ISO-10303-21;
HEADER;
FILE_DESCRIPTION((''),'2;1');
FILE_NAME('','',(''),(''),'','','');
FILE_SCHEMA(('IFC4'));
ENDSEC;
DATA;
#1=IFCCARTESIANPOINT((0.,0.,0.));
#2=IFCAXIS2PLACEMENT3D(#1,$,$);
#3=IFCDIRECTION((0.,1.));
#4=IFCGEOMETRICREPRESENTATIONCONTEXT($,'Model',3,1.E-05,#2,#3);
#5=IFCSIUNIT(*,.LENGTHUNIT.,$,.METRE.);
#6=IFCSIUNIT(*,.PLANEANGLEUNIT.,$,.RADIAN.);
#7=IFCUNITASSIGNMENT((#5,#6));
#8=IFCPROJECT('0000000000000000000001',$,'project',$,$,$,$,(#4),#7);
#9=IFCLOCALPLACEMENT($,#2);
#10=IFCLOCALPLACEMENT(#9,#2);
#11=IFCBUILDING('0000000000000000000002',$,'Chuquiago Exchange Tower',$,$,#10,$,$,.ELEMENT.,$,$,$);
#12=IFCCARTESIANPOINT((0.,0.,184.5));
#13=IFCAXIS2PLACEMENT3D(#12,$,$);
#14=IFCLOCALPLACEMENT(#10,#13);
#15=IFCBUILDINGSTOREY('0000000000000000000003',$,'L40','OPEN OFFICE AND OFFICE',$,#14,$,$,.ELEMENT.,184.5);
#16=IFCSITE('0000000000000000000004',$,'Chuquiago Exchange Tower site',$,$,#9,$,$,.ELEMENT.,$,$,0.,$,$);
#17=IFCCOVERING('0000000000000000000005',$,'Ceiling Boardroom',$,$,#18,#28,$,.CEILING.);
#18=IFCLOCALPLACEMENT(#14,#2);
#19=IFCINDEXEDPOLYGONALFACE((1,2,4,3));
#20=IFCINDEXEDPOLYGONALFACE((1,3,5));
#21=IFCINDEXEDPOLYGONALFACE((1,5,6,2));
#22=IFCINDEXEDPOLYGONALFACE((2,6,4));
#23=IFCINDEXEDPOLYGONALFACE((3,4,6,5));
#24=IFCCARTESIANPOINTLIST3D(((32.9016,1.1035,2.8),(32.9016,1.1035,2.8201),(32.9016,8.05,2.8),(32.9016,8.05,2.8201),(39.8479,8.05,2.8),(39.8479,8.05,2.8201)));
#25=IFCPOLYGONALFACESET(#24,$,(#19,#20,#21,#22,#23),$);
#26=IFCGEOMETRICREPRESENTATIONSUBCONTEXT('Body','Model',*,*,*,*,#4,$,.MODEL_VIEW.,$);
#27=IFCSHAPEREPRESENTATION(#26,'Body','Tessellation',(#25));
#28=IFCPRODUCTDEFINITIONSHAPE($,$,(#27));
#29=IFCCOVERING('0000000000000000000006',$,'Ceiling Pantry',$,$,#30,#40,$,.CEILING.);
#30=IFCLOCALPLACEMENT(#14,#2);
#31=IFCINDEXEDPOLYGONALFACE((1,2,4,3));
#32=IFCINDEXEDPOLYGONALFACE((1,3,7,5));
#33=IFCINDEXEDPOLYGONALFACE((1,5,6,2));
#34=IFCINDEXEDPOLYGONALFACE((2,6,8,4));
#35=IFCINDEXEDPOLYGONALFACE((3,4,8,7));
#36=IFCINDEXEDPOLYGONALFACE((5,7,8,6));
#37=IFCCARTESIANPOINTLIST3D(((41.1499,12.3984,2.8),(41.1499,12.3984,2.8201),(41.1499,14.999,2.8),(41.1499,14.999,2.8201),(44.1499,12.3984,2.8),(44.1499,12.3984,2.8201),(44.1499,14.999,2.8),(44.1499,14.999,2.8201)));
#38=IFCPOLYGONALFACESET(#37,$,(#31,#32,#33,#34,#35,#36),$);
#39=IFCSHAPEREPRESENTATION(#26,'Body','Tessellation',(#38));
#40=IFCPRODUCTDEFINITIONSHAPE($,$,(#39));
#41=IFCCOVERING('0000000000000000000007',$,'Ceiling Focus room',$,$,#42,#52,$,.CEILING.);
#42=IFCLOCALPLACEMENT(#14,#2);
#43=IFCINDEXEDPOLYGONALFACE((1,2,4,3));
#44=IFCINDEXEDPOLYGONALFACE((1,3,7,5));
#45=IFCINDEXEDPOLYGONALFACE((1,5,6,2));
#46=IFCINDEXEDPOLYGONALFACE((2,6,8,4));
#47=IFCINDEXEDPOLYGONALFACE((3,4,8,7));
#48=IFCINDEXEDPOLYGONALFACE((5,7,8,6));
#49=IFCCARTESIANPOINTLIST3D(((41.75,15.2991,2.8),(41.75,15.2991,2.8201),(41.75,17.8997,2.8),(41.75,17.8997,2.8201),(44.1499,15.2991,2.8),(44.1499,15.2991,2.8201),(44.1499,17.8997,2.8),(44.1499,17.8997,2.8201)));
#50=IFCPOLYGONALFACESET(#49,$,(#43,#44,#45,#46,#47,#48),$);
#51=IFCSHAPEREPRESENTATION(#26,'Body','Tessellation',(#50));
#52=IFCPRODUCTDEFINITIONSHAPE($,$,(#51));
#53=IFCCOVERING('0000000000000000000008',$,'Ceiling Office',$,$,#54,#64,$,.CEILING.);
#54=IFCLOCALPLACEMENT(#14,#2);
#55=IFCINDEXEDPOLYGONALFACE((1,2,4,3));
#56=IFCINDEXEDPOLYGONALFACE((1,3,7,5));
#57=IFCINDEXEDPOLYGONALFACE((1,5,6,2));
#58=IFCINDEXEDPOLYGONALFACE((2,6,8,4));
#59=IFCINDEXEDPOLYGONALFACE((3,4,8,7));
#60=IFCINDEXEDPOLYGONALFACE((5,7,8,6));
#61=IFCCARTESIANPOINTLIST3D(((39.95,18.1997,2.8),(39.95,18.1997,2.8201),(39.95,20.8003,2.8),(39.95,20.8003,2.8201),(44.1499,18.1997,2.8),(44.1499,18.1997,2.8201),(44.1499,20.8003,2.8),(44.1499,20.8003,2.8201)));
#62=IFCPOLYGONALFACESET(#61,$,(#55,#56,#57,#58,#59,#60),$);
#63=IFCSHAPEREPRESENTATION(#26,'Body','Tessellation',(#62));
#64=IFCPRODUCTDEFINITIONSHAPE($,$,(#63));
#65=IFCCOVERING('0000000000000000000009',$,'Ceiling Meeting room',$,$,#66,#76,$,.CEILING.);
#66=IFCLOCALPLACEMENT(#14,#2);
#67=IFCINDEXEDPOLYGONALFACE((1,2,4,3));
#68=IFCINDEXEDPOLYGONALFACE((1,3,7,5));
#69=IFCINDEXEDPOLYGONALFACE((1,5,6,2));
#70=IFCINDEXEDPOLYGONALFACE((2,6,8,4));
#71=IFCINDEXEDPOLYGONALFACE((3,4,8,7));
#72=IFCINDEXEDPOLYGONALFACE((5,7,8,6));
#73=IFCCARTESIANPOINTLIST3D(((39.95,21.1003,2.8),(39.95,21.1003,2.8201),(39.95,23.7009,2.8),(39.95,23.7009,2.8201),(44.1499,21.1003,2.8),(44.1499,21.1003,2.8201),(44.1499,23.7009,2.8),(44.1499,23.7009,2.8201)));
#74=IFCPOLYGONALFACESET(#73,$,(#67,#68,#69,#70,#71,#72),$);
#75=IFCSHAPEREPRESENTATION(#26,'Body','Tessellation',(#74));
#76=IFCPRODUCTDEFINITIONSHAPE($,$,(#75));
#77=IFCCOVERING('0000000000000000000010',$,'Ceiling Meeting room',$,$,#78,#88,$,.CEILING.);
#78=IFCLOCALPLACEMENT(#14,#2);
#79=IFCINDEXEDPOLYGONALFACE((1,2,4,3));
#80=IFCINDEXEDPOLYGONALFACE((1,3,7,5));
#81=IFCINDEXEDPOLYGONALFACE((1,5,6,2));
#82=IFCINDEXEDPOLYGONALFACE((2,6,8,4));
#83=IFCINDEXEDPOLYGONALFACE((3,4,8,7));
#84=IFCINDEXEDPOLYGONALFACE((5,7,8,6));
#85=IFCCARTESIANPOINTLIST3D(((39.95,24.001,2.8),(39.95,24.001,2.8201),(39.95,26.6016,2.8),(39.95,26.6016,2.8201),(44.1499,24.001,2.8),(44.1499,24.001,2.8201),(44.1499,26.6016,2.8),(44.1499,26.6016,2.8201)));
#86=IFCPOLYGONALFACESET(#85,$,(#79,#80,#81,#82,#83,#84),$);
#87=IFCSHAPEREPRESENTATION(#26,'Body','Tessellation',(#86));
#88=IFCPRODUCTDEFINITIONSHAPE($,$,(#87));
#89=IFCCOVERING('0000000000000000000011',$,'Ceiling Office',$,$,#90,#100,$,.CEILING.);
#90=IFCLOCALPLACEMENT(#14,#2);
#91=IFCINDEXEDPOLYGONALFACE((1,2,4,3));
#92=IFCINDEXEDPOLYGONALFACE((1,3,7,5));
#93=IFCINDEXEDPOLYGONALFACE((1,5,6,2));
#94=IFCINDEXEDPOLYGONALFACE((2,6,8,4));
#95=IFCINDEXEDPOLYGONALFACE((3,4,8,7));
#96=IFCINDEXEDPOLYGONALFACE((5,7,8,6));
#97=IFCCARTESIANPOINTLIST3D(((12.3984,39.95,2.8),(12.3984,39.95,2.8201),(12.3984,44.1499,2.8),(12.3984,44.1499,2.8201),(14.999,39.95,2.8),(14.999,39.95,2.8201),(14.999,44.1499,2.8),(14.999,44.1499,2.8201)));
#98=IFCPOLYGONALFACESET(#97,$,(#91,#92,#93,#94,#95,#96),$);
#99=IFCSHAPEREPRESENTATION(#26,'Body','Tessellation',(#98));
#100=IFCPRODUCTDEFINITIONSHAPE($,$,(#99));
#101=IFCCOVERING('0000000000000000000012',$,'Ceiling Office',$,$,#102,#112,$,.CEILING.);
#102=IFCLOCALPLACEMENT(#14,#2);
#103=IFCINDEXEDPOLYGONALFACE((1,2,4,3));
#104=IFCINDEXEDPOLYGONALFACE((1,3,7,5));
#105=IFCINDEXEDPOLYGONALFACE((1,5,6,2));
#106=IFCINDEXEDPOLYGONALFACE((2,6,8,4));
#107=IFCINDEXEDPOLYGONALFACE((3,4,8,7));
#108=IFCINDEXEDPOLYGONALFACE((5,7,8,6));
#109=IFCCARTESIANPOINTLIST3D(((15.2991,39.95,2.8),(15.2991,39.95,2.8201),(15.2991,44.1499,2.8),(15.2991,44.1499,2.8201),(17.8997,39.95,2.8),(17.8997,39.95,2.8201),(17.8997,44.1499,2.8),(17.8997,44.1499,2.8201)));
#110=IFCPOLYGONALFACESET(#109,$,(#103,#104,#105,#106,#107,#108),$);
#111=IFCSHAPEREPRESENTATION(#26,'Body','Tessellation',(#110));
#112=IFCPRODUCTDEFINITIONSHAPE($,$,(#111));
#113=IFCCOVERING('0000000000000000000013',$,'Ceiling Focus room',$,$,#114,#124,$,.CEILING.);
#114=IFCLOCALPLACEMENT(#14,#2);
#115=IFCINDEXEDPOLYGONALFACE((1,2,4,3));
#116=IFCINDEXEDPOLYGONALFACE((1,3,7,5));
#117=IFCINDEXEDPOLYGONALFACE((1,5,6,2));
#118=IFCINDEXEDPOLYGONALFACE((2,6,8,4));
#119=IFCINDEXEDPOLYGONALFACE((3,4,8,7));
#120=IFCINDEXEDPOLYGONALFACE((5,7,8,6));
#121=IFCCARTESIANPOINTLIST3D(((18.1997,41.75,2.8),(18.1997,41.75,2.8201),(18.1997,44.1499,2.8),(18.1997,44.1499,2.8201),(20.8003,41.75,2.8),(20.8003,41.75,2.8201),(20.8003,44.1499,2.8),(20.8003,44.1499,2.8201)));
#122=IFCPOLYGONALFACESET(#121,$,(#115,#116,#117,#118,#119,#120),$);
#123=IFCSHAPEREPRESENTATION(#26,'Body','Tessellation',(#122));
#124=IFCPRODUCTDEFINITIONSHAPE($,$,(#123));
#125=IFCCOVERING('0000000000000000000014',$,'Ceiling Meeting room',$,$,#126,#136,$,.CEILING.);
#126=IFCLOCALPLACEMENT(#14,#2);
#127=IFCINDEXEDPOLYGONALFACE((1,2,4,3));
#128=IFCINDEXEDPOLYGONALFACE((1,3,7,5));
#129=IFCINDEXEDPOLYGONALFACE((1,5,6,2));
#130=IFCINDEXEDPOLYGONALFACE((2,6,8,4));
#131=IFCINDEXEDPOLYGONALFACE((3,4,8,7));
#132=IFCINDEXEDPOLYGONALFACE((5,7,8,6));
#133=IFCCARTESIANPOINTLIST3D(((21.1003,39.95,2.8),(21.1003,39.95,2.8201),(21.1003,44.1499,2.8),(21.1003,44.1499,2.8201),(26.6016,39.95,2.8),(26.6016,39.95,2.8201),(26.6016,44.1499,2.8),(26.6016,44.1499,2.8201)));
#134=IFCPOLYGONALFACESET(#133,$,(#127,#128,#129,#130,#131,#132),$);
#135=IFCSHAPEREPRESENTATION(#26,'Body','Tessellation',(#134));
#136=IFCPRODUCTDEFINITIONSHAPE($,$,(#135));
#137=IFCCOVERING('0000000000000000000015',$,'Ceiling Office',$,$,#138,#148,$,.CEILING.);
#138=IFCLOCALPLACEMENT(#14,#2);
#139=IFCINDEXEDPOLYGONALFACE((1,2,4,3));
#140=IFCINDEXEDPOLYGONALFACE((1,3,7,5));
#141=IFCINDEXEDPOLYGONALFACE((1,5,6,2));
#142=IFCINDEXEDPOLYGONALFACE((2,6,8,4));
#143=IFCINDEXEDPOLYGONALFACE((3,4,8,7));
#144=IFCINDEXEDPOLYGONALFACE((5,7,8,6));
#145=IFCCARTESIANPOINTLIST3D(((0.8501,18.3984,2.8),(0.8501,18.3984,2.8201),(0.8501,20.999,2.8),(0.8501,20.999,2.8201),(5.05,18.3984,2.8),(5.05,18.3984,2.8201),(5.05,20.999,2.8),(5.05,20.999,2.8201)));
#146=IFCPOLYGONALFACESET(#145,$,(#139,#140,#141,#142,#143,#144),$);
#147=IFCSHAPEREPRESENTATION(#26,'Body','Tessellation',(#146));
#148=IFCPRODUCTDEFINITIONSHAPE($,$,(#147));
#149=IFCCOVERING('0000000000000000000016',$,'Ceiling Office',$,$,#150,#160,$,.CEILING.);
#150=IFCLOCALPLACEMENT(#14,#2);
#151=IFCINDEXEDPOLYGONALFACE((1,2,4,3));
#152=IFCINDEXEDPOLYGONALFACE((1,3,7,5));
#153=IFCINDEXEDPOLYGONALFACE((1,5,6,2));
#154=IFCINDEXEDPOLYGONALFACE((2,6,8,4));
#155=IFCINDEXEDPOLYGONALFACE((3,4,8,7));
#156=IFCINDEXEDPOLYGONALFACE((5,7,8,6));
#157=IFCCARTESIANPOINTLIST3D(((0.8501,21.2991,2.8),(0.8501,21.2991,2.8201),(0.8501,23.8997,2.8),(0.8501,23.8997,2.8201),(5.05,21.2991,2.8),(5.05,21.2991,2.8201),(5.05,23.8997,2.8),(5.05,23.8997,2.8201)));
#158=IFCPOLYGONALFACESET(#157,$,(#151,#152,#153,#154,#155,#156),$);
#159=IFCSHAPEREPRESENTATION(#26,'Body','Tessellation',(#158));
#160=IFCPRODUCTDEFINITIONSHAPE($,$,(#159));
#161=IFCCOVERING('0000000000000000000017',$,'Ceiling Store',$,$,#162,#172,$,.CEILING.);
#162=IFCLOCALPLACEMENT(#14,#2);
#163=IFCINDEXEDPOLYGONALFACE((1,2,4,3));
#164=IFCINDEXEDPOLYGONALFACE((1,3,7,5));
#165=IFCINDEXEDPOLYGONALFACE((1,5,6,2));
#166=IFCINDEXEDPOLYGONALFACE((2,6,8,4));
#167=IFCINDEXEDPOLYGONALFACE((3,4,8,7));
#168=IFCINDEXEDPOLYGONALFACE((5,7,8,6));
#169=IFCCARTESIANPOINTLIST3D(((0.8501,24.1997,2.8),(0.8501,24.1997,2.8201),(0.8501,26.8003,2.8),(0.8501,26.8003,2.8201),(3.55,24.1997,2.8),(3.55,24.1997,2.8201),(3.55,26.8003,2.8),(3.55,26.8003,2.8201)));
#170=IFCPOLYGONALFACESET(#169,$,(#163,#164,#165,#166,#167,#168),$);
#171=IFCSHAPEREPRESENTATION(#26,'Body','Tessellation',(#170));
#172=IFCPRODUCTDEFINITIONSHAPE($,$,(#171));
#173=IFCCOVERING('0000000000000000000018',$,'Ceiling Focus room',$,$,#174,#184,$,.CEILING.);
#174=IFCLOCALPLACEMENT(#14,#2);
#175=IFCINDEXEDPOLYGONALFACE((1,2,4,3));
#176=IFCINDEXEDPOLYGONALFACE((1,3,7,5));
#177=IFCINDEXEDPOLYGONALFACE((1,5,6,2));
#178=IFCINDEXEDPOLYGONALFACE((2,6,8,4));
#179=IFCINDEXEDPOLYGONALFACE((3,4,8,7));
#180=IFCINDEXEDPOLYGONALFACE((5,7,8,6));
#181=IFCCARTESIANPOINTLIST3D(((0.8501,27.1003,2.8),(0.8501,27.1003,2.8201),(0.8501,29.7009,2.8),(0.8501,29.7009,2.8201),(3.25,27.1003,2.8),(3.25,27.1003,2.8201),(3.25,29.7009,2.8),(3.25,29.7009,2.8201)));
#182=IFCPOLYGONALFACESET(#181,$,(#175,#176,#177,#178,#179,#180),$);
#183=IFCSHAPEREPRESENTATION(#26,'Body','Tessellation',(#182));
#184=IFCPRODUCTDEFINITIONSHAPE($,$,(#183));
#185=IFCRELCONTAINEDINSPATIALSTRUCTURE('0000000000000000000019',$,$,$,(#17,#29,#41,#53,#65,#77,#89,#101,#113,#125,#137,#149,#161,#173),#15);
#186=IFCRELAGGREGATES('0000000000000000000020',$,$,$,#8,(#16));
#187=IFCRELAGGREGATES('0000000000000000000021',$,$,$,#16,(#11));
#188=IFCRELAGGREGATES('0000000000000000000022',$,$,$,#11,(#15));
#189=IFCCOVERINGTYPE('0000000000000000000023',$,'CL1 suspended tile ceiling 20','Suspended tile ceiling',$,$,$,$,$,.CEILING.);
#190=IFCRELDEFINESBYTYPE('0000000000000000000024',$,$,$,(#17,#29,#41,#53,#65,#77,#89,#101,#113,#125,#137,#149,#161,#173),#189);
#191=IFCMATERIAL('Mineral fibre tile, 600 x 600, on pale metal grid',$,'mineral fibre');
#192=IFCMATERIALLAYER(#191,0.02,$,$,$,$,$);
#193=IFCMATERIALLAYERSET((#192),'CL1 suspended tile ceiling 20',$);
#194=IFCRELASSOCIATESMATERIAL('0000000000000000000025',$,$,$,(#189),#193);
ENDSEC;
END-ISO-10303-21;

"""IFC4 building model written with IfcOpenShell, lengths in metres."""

from ifc_helpers import new_model, si_unit, direction, frame, origin, place, context, subcontext, project, spatial, polyline, outline, extrude, material, layer, layer_set, type_object, element, save


model = new_model("IFC4")

# Units and contexts
model_context = context("Model", 3, precision=1e-05, world=origin(), true_north=direction((0.0, 1.0)))
body_context = subcontext(model_context, "Body", "Model", "MODEL_VIEW")
ifc_project = project(units=[si_unit("LENGTHUNIT", "METRE"), si_unit("PLANEANGLEUNIT", "RADIAN")], contexts=[model_context])

# Site, building, storey
site_placement = place(None, origin())
site = spatial("IfcSite", under=ifc_project, at=site_placement, Name="Chuquiago Exchange Tower site", CompositionType="ELEMENT", RefElevation=0.0)
building_placement = place(site_placement, origin())
building = spatial("IfcBuilding", under=site, at=building_placement, Name="Chuquiago Exchange Tower", CompositionType="ELEMENT")
storey_placement = place(building_placement, frame((0.0, 0.0, 184.5)))
storey = spatial("IfcBuildingStorey", under=building, at=storey_placement, Name="L40", Description="OPEN OFFICE AND OFFICE", CompositionType="ELEMENT", Elevation=184.5)

# Coverings
ifc_material_1 = material(Name="Mineral fibre tile, 600 x 600, on pale metal grid", Category="mineral fibre")
ifc_layer_1 = layer(ifc_material_1, 0.02)
ifc_layer_set_1 = layer_set([ifc_layer_1], Name="CL1 suspended tile ceiling 20")
covering_type_1 = type_object("IfcCoveringType", Name="CL1 suspended tile ceiling 20", Description="Suspended tile ceiling", PredefinedType="CEILING", material=ifc_layer_set_1)
covering_1_placement = place(storey_placement, frame((0.0, 0.0, 2.8)))
element("IfcCovering", 1, at=covering_1_placement, inside=storey, type_object=covering_type_1, Name="Ceiling Boardroom", PredefinedType="CEILING", context=body_context, shape_type="SweptSolid", body=[
    extrude(outline(polyline([(32.9016, 8.05), (39.8479, 8.05), (32.9016, 1.1035), (32.9016, 8.05)])), origin(), (0.0, 0.0, 1.0), 0.02),
])
covering_2_placement = place(storey_placement, frame((0.0, 0.0, 2.8)))
element("IfcCovering", 2, at=covering_2_placement, inside=storey, type_object=covering_type_1, Name="Ceiling Pantry", PredefinedType="CEILING", context=body_context, shape_type="SweptSolid", body=[
    extrude(outline(polyline([(41.1499, 12.3984), (41.1499, 14.999), (44.1499, 14.999), (44.1499, 12.3984), (41.1499, 12.3984)])), origin(), (0.0, 0.0, 1.0), 0.02),
])
covering_3_placement = place(storey_placement, frame((0.0, 0.0, 2.8)))
element("IfcCovering", 3, at=covering_3_placement, inside=storey, type_object=covering_type_1, Name="Ceiling Focus room", PredefinedType="CEILING", context=body_context, shape_type="SweptSolid", body=[
    extrude(outline(polyline([(41.75, 15.2991), (41.75, 17.8997), (44.1499, 17.8997), (44.1499, 15.2991), (41.75, 15.2991)])), origin(), (0.0, 0.0, 1.0), 0.02),
])
covering_4_placement = place(storey_placement, frame((0.0, 0.0, 2.8)))
element("IfcCovering", 4, at=covering_4_placement, inside=storey, type_object=covering_type_1, Name="Ceiling Office", PredefinedType="CEILING", context=body_context, shape_type="SweptSolid", body=[
    extrude(outline(polyline([(39.95, 18.1997), (39.95, 20.8003), (44.1499, 20.8003), (44.1499, 18.1997), (39.95, 18.1997)])), origin(), (0.0, 0.0, 1.0), 0.02),
])
covering_5_placement = place(storey_placement, frame((0.0, 0.0, 2.8)))
element("IfcCovering", 5, at=covering_5_placement, inside=storey, type_object=covering_type_1, Name="Ceiling Meeting room", PredefinedType="CEILING", context=body_context, shape_type="SweptSolid", body=[
    extrude(outline(polyline([(39.95, 21.1003), (39.95, 23.7009), (44.1499, 23.7009), (44.1499, 21.1003), (39.95, 21.1003)])), origin(), (0.0, 0.0, 1.0), 0.02),
])
covering_6_placement = place(storey_placement, frame((0.0, 0.0, 2.8)))
element("IfcCovering", 6, at=covering_6_placement, inside=storey, type_object=covering_type_1, Name="Ceiling Meeting room", PredefinedType="CEILING", context=body_context, shape_type="SweptSolid", body=[
    extrude(outline(polyline([(44.1499, 24.001), (39.95, 24.001), (39.95, 26.6016), (44.1499, 26.6016), (44.1499, 24.001)])), origin(), (0.0, 0.0, 1.0), 0.02),
])
covering_7_placement = place(storey_placement, frame((0.0, 0.0, 2.8)))
element("IfcCovering", 7, at=covering_7_placement, inside=storey, type_object=covering_type_1, Name="Ceiling Office", PredefinedType="CEILING", context=body_context, shape_type="SweptSolid", body=[
    extrude(outline(polyline([(14.999, 44.1499), (14.999, 39.95), (12.3984, 39.95), (12.3984, 44.1499), (14.999, 44.1499)])), origin(), (0.0, 0.0, 1.0), 0.02),
])
covering_8_placement = place(storey_placement, frame((0.0, 0.0, 2.8)))
element("IfcCovering", 8, at=covering_8_placement, inside=storey, type_object=covering_type_1, Name="Ceiling Office", PredefinedType="CEILING", context=body_context, shape_type="SweptSolid", body=[
    extrude(outline(polyline([(17.8997, 39.95), (15.2991, 39.95), (15.2991, 44.1499), (17.8997, 44.1499), (17.8997, 39.95)])), origin(), (0.0, 0.0, 1.0), 0.02),
])
covering_9_placement = place(storey_placement, frame((0.0, 0.0, 2.8)))
element("IfcCovering", 9, at=covering_9_placement, inside=storey, type_object=covering_type_1, Name="Ceiling Focus room", PredefinedType="CEILING", context=body_context, shape_type="SweptSolid", body=[
    extrude(outline(polyline([(20.8003, 41.75), (18.1997, 41.75), (18.1997, 44.1499), (20.8003, 44.1499), (20.8003, 41.75)])), origin(), (0.0, 0.0, 1.0), 0.02),
])
covering_10_placement = place(storey_placement, frame((0.0, 0.0, 2.8)))
element("IfcCovering", 10, at=covering_10_placement, inside=storey, type_object=covering_type_1, Name="Ceiling Meeting room", PredefinedType="CEILING", context=body_context, shape_type="SweptSolid", body=[
    extrude(outline(polyline([(26.6016, 39.95), (21.1003, 39.95), (21.1003, 44.1499), (26.6016, 44.1499), (26.6016, 39.95)])), origin(), (0.0, 0.0, 1.0), 0.02),
])
covering_11_placement = place(storey_placement, frame((0.0, 0.0, 2.8)))
element("IfcCovering", 11, at=covering_11_placement, inside=storey, type_object=covering_type_1, Name="Ceiling Office", PredefinedType="CEILING", context=body_context, shape_type="SweptSolid", body=[
    extrude(outline(polyline([(0.8501, 20.999), (5.05, 20.999), (5.05, 18.3984), (0.8501, 18.3984), (0.8501, 20.999)])), origin(), (0.0, 0.0, 1.0), 0.02),
])
covering_12_placement = place(storey_placement, frame((0.0, 0.0, 2.8)))
element("IfcCovering", 12, at=covering_12_placement, inside=storey, type_object=covering_type_1, Name="Ceiling Office", PredefinedType="CEILING", context=body_context, shape_type="SweptSolid", body=[
    extrude(outline(polyline([(5.05, 23.8997), (5.05, 21.2991), (0.8501, 21.2991), (0.8501, 23.8997), (5.05, 23.8997)])), origin(), (0.0, 0.0, 1.0), 0.02),
])
covering_13_placement = place(storey_placement, frame((0.0, 0.0, 2.8)))
element("IfcCovering", 13, at=covering_13_placement, inside=storey, type_object=covering_type_1, Name="Ceiling Store", PredefinedType="CEILING", context=body_context, shape_type="SweptSolid", body=[
    extrude(outline(polyline([(3.55, 26.8003), (3.55, 24.1997), (0.8501, 24.1997), (0.8501, 26.8003), (3.55, 26.8003)])), origin(), (0.0, 0.0, 1.0), 0.02),
])
covering_14_placement = place(storey_placement, frame((0.0, 0.0, 2.8)))
element("IfcCovering", 14, at=covering_14_placement, inside=storey, type_object=covering_type_1, Name="Ceiling Focus room", PredefinedType="CEILING", context=body_context, shape_type="SweptSolid", body=[
    extrude(outline(polyline([(3.25, 29.7009), (3.25, 27.1003), (0.8501, 27.1003), (0.8501, 29.7009), (3.25, 29.7009)])), origin(), (0.0, 0.0, 1.0), 0.02),
])

save(model, "model.ifc")
